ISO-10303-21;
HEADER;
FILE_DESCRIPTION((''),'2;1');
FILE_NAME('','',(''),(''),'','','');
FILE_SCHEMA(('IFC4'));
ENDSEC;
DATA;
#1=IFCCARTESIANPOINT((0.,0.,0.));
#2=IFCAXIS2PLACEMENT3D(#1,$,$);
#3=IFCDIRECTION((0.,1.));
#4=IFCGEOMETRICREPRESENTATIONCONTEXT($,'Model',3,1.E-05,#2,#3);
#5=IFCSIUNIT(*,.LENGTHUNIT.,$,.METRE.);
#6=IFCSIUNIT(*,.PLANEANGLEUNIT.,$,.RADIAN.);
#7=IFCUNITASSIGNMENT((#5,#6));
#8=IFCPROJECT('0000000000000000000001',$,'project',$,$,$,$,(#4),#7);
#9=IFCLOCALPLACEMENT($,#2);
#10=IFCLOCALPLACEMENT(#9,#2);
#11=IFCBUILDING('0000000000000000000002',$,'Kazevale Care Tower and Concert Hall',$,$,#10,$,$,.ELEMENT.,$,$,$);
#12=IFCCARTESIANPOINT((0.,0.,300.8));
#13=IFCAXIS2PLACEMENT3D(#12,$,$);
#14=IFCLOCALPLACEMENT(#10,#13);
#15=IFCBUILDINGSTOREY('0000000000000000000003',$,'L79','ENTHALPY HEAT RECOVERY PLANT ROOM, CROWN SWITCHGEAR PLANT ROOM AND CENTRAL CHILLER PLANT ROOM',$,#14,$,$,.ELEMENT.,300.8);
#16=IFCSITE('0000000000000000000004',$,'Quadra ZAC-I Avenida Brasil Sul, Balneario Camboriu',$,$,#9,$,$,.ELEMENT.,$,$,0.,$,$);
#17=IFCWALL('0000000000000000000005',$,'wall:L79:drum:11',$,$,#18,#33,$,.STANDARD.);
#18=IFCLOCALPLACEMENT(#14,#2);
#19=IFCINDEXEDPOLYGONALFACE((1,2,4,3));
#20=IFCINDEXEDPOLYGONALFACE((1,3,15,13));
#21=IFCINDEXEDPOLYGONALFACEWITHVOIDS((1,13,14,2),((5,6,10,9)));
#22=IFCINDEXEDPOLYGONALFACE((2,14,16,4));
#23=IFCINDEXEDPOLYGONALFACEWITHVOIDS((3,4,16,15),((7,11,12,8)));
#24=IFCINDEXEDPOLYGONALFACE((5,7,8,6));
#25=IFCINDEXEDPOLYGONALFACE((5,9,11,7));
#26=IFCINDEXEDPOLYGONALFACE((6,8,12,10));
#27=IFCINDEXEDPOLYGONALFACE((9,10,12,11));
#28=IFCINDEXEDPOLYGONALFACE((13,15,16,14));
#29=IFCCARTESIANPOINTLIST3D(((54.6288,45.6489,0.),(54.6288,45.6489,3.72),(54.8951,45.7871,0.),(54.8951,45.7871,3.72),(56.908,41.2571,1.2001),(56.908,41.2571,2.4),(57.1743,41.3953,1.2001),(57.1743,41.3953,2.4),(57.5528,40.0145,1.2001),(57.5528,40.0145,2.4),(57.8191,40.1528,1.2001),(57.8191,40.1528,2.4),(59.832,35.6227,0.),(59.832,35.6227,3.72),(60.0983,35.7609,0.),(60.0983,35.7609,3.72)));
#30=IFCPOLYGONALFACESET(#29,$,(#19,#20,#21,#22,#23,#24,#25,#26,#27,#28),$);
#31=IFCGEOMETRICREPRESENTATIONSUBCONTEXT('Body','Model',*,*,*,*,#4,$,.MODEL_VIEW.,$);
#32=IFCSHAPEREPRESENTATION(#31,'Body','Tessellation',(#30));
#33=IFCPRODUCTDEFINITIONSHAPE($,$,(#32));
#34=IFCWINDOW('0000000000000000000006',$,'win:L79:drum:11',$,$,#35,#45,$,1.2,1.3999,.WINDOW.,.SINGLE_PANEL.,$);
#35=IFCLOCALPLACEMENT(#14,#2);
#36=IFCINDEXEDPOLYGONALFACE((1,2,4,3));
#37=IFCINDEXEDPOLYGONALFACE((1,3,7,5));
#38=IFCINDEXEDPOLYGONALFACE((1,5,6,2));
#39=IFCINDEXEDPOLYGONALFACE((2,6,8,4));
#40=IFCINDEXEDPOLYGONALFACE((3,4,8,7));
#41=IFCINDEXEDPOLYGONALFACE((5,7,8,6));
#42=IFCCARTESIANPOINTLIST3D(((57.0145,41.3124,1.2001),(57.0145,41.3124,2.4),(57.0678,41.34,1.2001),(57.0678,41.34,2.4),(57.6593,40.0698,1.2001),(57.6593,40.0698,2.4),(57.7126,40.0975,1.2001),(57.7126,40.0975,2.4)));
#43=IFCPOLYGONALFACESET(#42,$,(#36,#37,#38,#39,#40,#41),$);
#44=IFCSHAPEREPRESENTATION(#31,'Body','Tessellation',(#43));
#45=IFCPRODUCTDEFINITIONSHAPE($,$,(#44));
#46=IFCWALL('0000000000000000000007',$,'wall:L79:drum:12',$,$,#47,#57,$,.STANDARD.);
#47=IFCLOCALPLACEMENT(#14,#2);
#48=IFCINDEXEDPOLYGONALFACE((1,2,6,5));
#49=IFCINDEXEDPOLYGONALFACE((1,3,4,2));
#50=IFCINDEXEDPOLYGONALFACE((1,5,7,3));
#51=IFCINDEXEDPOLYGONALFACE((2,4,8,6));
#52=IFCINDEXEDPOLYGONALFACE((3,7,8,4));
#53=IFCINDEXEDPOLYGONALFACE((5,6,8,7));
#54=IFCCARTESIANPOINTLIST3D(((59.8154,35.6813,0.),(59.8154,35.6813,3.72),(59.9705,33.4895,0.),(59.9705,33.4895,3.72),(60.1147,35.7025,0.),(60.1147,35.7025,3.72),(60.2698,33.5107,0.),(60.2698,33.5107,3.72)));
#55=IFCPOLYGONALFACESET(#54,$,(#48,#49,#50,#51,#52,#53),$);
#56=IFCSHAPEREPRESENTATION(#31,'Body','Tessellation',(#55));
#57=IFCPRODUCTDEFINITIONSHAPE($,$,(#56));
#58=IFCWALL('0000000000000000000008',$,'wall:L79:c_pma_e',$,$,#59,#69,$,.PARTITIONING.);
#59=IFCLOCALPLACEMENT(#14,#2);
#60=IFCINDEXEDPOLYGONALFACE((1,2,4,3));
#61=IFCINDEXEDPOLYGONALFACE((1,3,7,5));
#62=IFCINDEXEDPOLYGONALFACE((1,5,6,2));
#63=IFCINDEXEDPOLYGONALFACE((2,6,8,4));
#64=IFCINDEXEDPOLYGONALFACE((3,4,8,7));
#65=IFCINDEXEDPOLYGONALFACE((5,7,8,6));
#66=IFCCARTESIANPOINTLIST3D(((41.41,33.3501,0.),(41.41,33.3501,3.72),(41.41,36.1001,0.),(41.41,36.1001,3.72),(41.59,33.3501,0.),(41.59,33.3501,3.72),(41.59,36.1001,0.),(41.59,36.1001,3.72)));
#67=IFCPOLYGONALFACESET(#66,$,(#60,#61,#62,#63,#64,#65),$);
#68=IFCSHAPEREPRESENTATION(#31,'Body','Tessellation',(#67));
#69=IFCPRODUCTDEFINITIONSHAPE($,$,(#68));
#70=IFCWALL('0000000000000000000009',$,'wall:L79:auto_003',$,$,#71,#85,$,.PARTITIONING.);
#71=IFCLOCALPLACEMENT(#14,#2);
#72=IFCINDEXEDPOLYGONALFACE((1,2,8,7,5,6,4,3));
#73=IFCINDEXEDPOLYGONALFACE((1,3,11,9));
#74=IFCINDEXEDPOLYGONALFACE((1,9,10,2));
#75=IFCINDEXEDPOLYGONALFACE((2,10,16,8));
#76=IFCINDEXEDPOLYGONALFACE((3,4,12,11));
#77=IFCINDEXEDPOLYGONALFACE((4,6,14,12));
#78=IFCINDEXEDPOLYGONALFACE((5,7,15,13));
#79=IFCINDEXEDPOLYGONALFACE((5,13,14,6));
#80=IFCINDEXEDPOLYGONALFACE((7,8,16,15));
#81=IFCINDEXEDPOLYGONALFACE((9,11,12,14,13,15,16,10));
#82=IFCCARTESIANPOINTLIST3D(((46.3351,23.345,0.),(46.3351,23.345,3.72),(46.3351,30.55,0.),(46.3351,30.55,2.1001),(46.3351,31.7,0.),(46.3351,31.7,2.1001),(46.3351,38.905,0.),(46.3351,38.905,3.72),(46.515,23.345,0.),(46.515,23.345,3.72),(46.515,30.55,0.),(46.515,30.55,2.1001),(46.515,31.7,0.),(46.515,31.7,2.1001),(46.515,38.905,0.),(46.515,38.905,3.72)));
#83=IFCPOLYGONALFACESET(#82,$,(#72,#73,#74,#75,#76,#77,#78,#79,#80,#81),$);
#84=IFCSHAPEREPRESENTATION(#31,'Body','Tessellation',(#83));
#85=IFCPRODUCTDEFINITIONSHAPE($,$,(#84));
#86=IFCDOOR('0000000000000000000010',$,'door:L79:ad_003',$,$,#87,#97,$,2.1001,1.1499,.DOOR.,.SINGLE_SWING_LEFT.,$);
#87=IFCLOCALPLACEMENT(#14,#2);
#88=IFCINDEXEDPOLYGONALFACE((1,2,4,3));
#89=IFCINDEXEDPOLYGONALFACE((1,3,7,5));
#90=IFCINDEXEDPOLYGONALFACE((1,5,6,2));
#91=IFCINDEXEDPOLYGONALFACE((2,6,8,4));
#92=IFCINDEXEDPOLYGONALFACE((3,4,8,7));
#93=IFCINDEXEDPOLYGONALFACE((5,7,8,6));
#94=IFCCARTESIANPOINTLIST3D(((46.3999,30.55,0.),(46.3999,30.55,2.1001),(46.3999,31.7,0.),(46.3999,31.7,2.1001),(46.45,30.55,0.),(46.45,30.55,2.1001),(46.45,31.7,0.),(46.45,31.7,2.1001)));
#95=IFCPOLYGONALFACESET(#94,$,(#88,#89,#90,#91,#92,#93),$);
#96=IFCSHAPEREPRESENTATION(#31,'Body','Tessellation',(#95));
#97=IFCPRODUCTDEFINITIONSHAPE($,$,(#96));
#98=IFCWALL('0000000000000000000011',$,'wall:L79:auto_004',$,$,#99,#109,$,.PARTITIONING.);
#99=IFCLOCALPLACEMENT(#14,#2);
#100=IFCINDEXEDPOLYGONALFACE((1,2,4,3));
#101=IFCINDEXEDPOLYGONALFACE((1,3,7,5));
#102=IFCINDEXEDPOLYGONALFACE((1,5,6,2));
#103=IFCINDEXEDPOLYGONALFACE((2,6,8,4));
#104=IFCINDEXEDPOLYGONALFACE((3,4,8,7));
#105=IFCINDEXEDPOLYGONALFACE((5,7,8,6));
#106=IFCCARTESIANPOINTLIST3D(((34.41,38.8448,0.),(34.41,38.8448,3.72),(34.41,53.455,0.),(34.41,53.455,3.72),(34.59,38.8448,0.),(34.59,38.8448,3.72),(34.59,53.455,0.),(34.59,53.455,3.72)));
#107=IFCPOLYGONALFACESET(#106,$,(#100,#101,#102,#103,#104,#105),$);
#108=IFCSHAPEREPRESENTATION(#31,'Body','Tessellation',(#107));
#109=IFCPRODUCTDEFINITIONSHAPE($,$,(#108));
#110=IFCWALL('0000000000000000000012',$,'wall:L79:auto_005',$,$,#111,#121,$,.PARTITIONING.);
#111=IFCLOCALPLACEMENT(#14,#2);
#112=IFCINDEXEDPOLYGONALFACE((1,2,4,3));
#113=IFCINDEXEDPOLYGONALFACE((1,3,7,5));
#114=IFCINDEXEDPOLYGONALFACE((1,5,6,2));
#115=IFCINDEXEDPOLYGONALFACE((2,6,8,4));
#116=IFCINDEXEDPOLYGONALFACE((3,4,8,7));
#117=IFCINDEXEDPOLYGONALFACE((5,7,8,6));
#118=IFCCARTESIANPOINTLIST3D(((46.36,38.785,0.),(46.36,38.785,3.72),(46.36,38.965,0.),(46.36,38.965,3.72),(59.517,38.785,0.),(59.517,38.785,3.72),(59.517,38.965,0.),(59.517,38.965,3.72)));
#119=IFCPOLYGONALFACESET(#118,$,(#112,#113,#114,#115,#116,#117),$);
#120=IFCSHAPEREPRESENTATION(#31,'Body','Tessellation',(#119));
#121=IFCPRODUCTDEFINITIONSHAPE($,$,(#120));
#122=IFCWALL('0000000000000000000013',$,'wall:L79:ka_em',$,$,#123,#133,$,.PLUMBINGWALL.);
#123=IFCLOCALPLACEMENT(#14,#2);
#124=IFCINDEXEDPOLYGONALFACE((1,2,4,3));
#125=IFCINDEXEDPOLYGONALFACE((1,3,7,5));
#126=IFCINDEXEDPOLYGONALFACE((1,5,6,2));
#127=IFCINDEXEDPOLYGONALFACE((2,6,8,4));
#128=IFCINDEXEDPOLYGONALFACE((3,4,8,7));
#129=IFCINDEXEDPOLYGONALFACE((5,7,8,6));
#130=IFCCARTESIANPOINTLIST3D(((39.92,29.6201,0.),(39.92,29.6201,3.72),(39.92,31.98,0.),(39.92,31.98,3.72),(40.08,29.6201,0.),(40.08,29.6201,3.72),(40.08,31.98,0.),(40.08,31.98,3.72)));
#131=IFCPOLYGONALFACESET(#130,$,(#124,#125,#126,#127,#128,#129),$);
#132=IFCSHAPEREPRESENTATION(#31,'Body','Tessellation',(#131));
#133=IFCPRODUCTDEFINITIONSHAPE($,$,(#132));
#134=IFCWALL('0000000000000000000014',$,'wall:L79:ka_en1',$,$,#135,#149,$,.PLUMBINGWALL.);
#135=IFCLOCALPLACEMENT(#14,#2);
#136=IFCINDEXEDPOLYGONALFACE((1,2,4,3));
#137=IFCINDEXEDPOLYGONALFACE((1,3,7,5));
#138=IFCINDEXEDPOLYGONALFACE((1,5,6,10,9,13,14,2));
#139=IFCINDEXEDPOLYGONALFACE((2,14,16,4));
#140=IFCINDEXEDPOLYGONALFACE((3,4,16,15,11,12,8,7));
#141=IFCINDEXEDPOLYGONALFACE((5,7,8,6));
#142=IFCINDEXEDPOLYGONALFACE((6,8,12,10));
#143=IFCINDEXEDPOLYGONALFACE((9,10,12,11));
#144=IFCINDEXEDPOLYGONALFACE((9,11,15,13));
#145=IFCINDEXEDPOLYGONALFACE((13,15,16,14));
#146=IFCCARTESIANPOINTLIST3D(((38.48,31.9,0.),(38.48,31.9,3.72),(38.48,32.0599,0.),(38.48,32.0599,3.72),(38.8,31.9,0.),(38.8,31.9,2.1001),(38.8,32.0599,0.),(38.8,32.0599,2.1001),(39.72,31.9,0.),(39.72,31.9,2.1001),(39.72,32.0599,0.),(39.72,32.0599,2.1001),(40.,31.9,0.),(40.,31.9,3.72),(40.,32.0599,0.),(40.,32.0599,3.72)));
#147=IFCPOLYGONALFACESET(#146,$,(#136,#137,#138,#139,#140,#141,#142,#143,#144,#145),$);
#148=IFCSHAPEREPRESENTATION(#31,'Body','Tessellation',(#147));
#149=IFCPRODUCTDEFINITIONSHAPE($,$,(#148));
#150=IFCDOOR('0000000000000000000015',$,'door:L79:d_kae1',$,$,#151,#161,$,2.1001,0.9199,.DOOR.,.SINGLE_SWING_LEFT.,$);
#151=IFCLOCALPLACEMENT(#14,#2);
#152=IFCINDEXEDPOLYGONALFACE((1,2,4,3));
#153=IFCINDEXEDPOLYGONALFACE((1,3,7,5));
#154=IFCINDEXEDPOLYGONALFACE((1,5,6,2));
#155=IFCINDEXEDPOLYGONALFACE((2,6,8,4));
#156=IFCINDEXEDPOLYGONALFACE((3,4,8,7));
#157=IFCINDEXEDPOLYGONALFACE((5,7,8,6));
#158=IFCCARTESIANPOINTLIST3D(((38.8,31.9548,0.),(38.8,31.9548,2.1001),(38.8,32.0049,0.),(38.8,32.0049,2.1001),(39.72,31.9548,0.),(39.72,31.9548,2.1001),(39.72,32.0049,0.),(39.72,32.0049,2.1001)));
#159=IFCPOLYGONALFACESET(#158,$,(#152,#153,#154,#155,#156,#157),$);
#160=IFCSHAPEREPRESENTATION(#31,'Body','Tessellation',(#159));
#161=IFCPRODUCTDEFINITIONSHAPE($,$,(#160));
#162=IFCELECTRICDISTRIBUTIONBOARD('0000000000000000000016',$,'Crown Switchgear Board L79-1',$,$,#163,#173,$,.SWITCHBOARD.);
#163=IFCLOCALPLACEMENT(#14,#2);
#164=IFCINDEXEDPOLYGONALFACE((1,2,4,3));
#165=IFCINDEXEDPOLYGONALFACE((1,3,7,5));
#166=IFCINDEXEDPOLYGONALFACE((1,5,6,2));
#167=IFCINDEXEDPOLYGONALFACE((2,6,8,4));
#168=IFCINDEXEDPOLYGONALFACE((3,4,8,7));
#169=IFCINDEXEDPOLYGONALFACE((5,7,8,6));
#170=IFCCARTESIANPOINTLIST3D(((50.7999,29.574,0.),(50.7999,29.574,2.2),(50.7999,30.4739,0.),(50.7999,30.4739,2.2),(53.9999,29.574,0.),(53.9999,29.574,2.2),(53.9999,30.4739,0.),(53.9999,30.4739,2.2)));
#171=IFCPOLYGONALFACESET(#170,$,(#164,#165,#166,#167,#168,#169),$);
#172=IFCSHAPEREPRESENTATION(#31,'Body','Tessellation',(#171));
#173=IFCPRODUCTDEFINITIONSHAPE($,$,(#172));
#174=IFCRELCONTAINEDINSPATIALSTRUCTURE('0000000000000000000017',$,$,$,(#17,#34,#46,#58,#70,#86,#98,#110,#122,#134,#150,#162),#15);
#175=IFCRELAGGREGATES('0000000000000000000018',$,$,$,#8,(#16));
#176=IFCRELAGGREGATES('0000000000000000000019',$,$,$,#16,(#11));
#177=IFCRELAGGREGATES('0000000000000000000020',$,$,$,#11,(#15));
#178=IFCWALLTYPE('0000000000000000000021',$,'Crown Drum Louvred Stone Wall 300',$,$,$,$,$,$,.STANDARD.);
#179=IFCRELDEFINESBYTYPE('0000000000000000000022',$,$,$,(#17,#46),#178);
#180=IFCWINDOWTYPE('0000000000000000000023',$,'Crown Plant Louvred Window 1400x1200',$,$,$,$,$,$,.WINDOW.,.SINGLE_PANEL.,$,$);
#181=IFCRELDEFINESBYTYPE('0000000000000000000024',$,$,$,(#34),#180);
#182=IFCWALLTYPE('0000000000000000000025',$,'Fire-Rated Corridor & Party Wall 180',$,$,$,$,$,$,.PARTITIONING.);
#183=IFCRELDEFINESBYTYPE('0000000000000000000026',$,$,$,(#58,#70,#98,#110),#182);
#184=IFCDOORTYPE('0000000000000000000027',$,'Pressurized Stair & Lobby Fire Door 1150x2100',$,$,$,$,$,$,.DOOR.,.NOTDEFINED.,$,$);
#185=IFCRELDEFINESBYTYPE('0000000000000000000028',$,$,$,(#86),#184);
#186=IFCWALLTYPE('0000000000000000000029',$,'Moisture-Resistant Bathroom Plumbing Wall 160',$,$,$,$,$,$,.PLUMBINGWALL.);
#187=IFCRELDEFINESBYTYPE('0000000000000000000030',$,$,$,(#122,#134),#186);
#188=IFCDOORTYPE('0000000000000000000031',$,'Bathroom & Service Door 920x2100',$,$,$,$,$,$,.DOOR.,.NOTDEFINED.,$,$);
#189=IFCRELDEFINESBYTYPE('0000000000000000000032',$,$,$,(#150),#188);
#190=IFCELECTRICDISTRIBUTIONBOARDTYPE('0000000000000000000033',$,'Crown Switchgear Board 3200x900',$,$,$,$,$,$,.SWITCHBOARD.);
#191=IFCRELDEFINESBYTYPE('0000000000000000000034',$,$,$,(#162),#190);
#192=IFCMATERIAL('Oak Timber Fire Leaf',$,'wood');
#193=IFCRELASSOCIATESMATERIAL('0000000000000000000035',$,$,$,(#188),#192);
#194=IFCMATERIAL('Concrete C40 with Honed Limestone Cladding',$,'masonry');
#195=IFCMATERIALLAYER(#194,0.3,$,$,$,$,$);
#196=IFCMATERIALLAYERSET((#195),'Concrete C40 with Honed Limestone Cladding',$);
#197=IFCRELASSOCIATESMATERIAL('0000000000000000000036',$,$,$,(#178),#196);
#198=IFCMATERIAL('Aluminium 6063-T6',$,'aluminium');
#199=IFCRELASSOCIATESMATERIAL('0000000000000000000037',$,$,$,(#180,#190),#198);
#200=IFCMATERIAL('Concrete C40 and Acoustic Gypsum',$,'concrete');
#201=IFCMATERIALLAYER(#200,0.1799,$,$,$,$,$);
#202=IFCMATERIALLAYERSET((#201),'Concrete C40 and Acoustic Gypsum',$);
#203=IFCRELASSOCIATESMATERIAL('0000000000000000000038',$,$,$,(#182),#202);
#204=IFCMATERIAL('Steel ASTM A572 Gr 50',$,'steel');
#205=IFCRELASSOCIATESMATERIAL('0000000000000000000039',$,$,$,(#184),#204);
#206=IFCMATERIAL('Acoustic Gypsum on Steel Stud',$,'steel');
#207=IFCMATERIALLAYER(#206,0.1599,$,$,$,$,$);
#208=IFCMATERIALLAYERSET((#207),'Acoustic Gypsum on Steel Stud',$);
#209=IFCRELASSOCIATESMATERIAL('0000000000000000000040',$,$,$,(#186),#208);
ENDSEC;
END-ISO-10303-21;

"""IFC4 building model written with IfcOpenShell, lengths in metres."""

from ifc_helpers import new_model, si_unit, direction, frame, frame_2d, origin, origin_2d, place, context, subcontext, project, spatial, rectangle, extrude, material, layer, layer_set, type_object, element, fill, save


model = new_model("IFC4")

# Units and contexts
model_context = context("Model", 3, precision=1e-05, world=origin(), true_north=direction((0.0, 1.0)))
body_context = subcontext(model_context, "Body", "Model", "MODEL_VIEW")
ifc_project = project(units=[si_unit("LENGTHUNIT", "METRE"), si_unit("PLANEANGLEUNIT", "RADIAN")], contexts=[model_context])

# Site, building, storey
site_placement = place(None, origin())
site = spatial("IfcSite", under=ifc_project, at=site_placement, Name="Quadra ZAC-I Avenida Brasil Sul, Balneario Camboriu", CompositionType="ELEMENT", RefElevation=0.0)
building_placement = place(site_placement, origin())
building = spatial("IfcBuilding", under=site, at=building_placement, Name="Kazevale Care Tower and Concert Hall", CompositionType="ELEMENT")
storey_placement = place(building_placement, frame((0.0, 0.0, 300.8)))
storey = spatial("IfcBuildingStorey", under=building, at=storey_placement, Name="L79", Description="ENTHALPY HEAT RECOVERY PLANT ROOM, CROWN SWITCHGEAR PLANT ROOM AND CENTRAL CHILLER PLANT ROOM", CompositionType="ELEMENT", Elevation=300.8)

# Shared definitions
ifc_material_1 = material(Name="Steel ASTM A572 Gr 50", Category="steel")

# Shared definitions
ifc_material_2 = material(Name="Acoustic Gypsum on Steel Stud", Category="steel")

# Shared definitions
ifc_material_3 = material(Name="Oak Timber Fire Leaf", Category="wood")
door_type_1 = type_object("IfcDoorType", Name="Bathroom & Service Door 920x2100", OperationType="NOTDEFINED", PredefinedType="DOOR", material=ifc_material_3)

# Shared definitions
ifc_material_4 = material(Name="Concrete C40 with Honed Limestone Cladding", Category="masonry")
ifc_layer_1 = layer(ifc_material_4, 0.3)
ifc_layer_set_1 = layer_set([ifc_layer_1], Name="Concrete C40 with Honed Limestone Cladding")
wall_type_1 = type_object("IfcWallType", Name="Crown Drum Louvred Stone Wall 300", PredefinedType="STANDARD", material=ifc_layer_set_1)
ifc_material_5 = material(Name="Aluminium 6063-T6", Category="aluminium")
window_type = type_object("IfcWindowType", Name="Crown Plant Louvred Window 1400x1200", PartitioningType="SINGLE_PANEL", PredefinedType="WINDOW", material=ifc_material_5)

# Wall, opening, window
wall_1_placement = place(storey_placement, frame((54.762, 45.718, 0.0), z_axis=(0.0, 0.0, 1.0), x_axis=(0.460624, -0.887595, 0.0)))
wall_1 = element("IfcWall", 1, at=wall_1_placement, inside=storey, type_object=wall_type_1, Name="wall:L79:drum:11", PredefinedType="STANDARD", context=body_context, shape_type="SweptSolid", body=[
    extrude(rectangle(XDim=11.2959, YDim=0.3, at=frame_2d((5.6479, 0.0))), origin(), (0.0, 0.0, 1.0), 3.72),
])
opening_1_placement = place(wall_1_placement, frame((4.948, 0.0, 1.2)))
opening_1 = element("IfcOpeningElement", 2, at=opening_1_placement, cuts=wall_1, PredefinedType="OPENING", context=body_context, shape_type="SweptSolid", body=[
    extrude(rectangle(XDim=1.3999, YDim=1.2, at=frame_2d((0.7, 0.6001))), frame((0.0, 0.1599, 0.0), z_axis=(0.0, -1.0, 0.0), x_axis=(1.0, 0.0, 0.0)), (0.0, 0.0, 1.0), 0.3201),
])
window_1_placement = place(opening_1_placement, origin())
window_1 = element("IfcWindow", 3, at=window_1_placement, inside=storey, type_object=window_type, Name="win:L79:drum:11", OverallHeight=1.2, OverallWidth=1.3999, PartitioningType="SINGLE_PANEL", PredefinedType="WINDOW", context=body_context, shape_type="SweptSolid", body=[
    extrude(rectangle(XDim=1.3999, YDim=1.2, at=frame_2d((0.7, 0.6001))), frame((0.0, 0.03, 0.0), z_axis=(0.0, -1.0, 0.0), x_axis=(1.0, 0.0, 0.0)), (0.0, 0.0, 1.0), 0.0601),
])
fill(opening_1, window_1)

# Walls
wall_2_placement = place(storey_placement, frame((59.9651, 35.6919, 0.0), z_axis=(0.0, 0.0, 1.0), x_axis=(0.070552, -0.997508, 0.0)))
element("IfcWall", 4, at=wall_2_placement, inside=storey, type_object=wall_type_1, Name="wall:L79:drum:12", PredefinedType="STANDARD", context=body_context, shape_type="SweptSolid", body=[
    extrude(rectangle(XDim=2.1973, YDim=0.3, at=frame_2d((1.0986, 0.0))), origin(), (0.0, 0.0, 1.0), 3.72),
])
ifc_material_6 = material(Name="Concrete C40 and Acoustic Gypsum", Category="concrete")
ifc_layer_2 = layer(ifc_material_6, 0.1799)
ifc_layer_set_2 = layer_set([ifc_layer_2], Name="Concrete C40 and Acoustic Gypsum")
wall_type_2 = type_object("IfcWallType", Name="Fire-Rated Corridor & Party Wall 180", PredefinedType="PARTITIONING", material=ifc_layer_set_2)
wall_3_placement = place(storey_placement, frame((41.5, 33.3501, 0.0), z_axis=(0.0, 0.0, 1.0), x_axis=(0.0, 1.0, 0.0)))
element("IfcWall", 5, at=wall_3_placement, inside=storey, type_object=wall_type_2, Name="wall:L79:c_pma_e", PredefinedType="PARTITIONING", context=body_context, shape_type="SweptSolid", body=[
    extrude(rectangle(XDim=2.75, YDim=0.1799, at=frame_2d((1.375, 0.0))), origin(), (0.0, 0.0, 1.0), 3.72),
])

# Wall, opening, door
wall_4_placement = place(storey_placement, frame((46.425, 38.905, 0.0), z_axis=(0.0, 0.0, 1.0), x_axis=(0.0, -1.0, 0.0)))
wall_4 = element("IfcWall", 6, at=wall_4_placement, inside=storey, type_object=wall_type_2, Name="wall:L79:auto_003", PredefinedType="PARTITIONING", context=body_context, shape_type="SweptSolid", body=[
    extrude(rectangle(XDim=15.5601, YDim=0.1799, at=frame_2d((7.78, 0.0))), origin(), (0.0, 0.0, 1.0), 3.72),
])
opening_2_placement = place(wall_4_placement, frame((7.2051, 0.0, 0.0)))
opening_2 = element("IfcOpeningElement", 7, at=opening_2_placement, cuts=wall_4, PredefinedType="OPENING", context=body_context, shape_type="SweptSolid", body=[
    extrude(rectangle(XDim=1.1499, YDim=2.1001, at=frame_2d((0.575, 1.05))), frame((0.0, 0.0999, 0.0), z_axis=(0.0, -1.0, 0.0), x_axis=(1.0, 0.0, 0.0)), (0.0, 0.0, 1.0), 0.2),
])
door_type_2 = type_object("IfcDoorType", Name="Pressurized Stair & Lobby Fire Door 1150x2100", OperationType="NOTDEFINED", PredefinedType="DOOR", material=ifc_material_1)
door_1_placement = place(opening_2_placement, origin())
door_1 = element("IfcDoor", 8, at=door_1_placement, inside=storey, type_object=door_type_2, Name="door:L79:ad_003", OperationType="SINGLE_SWING_LEFT", OverallHeight=2.1001, OverallWidth=1.1499, PredefinedType="DOOR", context=body_context, shape_type="SweptSolid", body=[
    extrude(rectangle(XDim=1.1499, YDim=2.1001, at=frame_2d((0.575, 1.05))), frame((0.0, 0.0249, 0.0), z_axis=(0.0, -1.0, 0.0), x_axis=(1.0, 0.0, 0.0)), (0.0, 0.0, 1.0), 0.05),
])
fill(opening_2, door_1)

# Walls
wall_5_placement = place(storey_placement, frame((34.5, 53.4551, 0.0), z_axis=(0.0, 0.0, 1.0), x_axis=(0.0, -1.0, 0.0)))
element("IfcWall", 9, at=wall_5_placement, inside=storey, type_object=wall_type_2, Name="wall:L79:auto_004", PredefinedType="PARTITIONING", context=body_context, shape_type="SweptSolid", body=[
    extrude(rectangle(XDim=14.6101, YDim=0.1799, at=frame_2d((7.3052, 0.0))), origin(), (0.0, 0.0, 1.0), 3.72),
])
wall_6_placement = place(storey_placement, frame((59.5171, 38.875, 0.0), z_axis=(0.0, 0.0, 1.0), x_axis=(-1.0, 0.0, 0.0)))
element("IfcWall", 10, at=wall_6_placement, inside=storey, type_object=wall_type_2, Name="wall:L79:auto_005", PredefinedType="PARTITIONING", context=body_context, shape_type="SweptSolid", body=[
    extrude(rectangle(XDim=13.157, YDim=0.1799, at=frame_2d((6.5786, 0.0))), origin(), (0.0, 0.0, 1.0), 3.72),
])
ifc_layer_3 = layer(ifc_material_2, 0.1599)
ifc_layer_set_3 = layer_set([ifc_layer_3], Name="Acoustic Gypsum on Steel Stud")
wall_type_3 = type_object("IfcWallType", Name="Moisture-Resistant Bathroom Plumbing Wall 160", PredefinedType="PLUMBINGWALL", material=ifc_layer_set_3)
wall_7_placement = place(storey_placement, frame((40.0, 29.6201, 0.0), z_axis=(0.0, 0.0, 1.0), x_axis=(0.0, 1.0, 0.0)))
element("IfcWall", 11, at=wall_7_placement, inside=storey, type_object=wall_type_3, Name="wall:L79:ka_em", PredefinedType="PLUMBINGWALL", context=body_context, shape_type="SweptSolid", body=[
    extrude(rectangle(XDim=2.3599, YDim=0.1599, at=frame_2d((1.1799, 0.0))), origin(), (0.0, 0.0, 1.0), 3.72),
])

# Wall, opening, door
wall_8_placement = place(storey_placement, frame((38.48, 31.98, 0.0), z_axis=(0.0, 0.0, 1.0), x_axis=(1.0, 0.0, 0.0)))
wall_8 = element("IfcWall", 12, at=wall_8_placement, inside=storey, type_object=wall_type_3, Name="wall:L79:ka_en1", PredefinedType="PLUMBINGWALL", context=body_context, shape_type="SweptSolid", body=[
    extrude(rectangle(XDim=1.52, YDim=0.1599, at=frame_2d((0.76, 0.0))), origin(), (0.0, 0.0, 1.0), 3.72),
])
opening_3_placement = place(wall_8_placement, frame((0.3201, 0.0, 0.0)))
opening_3 = element("IfcOpeningElement", 13, at=opening_3_placement, cuts=wall_8, PredefinedType="OPENING", context=body_context, shape_type="SweptSolid", body=[
    extrude(rectangle(XDim=0.9199, YDim=2.1001, at=frame_2d((0.46, 1.05))), frame((0.0, 0.0898, 0.0), z_axis=(0.0, -1.0, 0.0), x_axis=(1.0, 0.0, 0.0)), (0.0, 0.0, 1.0), 0.1799),
])
door_2_placement = place(opening_3_placement, origin())
door_2 = element("IfcDoor", 14, at=door_2_placement, inside=storey, type_object=door_type_1, Name="door:L79:d_kae1", OperationType="SINGLE_SWING_LEFT", OverallHeight=2.1001, OverallWidth=0.9199, PredefinedType="DOOR", context=body_context, shape_type="SweptSolid", body=[
    extrude(rectangle(XDim=0.9199, YDim=2.1001, at=frame_2d((0.46, 1.05))), frame((0.0, 0.0249, 0.0), z_axis=(0.0, -1.0, 0.0), x_axis=(1.0, 0.0, 0.0)), (0.0, 0.0, 1.0), 0.05),
])
fill(opening_3, door_2)

# Electric distribution board
electric_distribution_board_type = type_object("IfcElectricDistributionBoardType", Name="Crown Switchgear Board 3200x900", PredefinedType="SWITCHBOARD", material=ifc_material_5)
for number, where, z_axis, x_axis, name in (
    (15, (52.3999, 30.0239, 0.0), (0.0, 0.0, 1.0), (1.0, 0.0, 0.0), "Crown Switchgear Board L79-1"),
):
    element("IfcElectricDistributionBoard", number, at=place(storey_placement, frame(where, z_axis=z_axis, x_axis=x_axis)), inside=storey, type_object=electric_distribution_board_type, Name=name, PredefinedType="SWITCHBOARD", context=body_context, shape_type="SweptSolid", body=[
        extrude(rectangle(XDim=3.2, YDim=0.8999, at=origin_2d()), origin(), (0.0, 0.0, 1.0), 2.2),
    ])

save(model, "model.ifc")
